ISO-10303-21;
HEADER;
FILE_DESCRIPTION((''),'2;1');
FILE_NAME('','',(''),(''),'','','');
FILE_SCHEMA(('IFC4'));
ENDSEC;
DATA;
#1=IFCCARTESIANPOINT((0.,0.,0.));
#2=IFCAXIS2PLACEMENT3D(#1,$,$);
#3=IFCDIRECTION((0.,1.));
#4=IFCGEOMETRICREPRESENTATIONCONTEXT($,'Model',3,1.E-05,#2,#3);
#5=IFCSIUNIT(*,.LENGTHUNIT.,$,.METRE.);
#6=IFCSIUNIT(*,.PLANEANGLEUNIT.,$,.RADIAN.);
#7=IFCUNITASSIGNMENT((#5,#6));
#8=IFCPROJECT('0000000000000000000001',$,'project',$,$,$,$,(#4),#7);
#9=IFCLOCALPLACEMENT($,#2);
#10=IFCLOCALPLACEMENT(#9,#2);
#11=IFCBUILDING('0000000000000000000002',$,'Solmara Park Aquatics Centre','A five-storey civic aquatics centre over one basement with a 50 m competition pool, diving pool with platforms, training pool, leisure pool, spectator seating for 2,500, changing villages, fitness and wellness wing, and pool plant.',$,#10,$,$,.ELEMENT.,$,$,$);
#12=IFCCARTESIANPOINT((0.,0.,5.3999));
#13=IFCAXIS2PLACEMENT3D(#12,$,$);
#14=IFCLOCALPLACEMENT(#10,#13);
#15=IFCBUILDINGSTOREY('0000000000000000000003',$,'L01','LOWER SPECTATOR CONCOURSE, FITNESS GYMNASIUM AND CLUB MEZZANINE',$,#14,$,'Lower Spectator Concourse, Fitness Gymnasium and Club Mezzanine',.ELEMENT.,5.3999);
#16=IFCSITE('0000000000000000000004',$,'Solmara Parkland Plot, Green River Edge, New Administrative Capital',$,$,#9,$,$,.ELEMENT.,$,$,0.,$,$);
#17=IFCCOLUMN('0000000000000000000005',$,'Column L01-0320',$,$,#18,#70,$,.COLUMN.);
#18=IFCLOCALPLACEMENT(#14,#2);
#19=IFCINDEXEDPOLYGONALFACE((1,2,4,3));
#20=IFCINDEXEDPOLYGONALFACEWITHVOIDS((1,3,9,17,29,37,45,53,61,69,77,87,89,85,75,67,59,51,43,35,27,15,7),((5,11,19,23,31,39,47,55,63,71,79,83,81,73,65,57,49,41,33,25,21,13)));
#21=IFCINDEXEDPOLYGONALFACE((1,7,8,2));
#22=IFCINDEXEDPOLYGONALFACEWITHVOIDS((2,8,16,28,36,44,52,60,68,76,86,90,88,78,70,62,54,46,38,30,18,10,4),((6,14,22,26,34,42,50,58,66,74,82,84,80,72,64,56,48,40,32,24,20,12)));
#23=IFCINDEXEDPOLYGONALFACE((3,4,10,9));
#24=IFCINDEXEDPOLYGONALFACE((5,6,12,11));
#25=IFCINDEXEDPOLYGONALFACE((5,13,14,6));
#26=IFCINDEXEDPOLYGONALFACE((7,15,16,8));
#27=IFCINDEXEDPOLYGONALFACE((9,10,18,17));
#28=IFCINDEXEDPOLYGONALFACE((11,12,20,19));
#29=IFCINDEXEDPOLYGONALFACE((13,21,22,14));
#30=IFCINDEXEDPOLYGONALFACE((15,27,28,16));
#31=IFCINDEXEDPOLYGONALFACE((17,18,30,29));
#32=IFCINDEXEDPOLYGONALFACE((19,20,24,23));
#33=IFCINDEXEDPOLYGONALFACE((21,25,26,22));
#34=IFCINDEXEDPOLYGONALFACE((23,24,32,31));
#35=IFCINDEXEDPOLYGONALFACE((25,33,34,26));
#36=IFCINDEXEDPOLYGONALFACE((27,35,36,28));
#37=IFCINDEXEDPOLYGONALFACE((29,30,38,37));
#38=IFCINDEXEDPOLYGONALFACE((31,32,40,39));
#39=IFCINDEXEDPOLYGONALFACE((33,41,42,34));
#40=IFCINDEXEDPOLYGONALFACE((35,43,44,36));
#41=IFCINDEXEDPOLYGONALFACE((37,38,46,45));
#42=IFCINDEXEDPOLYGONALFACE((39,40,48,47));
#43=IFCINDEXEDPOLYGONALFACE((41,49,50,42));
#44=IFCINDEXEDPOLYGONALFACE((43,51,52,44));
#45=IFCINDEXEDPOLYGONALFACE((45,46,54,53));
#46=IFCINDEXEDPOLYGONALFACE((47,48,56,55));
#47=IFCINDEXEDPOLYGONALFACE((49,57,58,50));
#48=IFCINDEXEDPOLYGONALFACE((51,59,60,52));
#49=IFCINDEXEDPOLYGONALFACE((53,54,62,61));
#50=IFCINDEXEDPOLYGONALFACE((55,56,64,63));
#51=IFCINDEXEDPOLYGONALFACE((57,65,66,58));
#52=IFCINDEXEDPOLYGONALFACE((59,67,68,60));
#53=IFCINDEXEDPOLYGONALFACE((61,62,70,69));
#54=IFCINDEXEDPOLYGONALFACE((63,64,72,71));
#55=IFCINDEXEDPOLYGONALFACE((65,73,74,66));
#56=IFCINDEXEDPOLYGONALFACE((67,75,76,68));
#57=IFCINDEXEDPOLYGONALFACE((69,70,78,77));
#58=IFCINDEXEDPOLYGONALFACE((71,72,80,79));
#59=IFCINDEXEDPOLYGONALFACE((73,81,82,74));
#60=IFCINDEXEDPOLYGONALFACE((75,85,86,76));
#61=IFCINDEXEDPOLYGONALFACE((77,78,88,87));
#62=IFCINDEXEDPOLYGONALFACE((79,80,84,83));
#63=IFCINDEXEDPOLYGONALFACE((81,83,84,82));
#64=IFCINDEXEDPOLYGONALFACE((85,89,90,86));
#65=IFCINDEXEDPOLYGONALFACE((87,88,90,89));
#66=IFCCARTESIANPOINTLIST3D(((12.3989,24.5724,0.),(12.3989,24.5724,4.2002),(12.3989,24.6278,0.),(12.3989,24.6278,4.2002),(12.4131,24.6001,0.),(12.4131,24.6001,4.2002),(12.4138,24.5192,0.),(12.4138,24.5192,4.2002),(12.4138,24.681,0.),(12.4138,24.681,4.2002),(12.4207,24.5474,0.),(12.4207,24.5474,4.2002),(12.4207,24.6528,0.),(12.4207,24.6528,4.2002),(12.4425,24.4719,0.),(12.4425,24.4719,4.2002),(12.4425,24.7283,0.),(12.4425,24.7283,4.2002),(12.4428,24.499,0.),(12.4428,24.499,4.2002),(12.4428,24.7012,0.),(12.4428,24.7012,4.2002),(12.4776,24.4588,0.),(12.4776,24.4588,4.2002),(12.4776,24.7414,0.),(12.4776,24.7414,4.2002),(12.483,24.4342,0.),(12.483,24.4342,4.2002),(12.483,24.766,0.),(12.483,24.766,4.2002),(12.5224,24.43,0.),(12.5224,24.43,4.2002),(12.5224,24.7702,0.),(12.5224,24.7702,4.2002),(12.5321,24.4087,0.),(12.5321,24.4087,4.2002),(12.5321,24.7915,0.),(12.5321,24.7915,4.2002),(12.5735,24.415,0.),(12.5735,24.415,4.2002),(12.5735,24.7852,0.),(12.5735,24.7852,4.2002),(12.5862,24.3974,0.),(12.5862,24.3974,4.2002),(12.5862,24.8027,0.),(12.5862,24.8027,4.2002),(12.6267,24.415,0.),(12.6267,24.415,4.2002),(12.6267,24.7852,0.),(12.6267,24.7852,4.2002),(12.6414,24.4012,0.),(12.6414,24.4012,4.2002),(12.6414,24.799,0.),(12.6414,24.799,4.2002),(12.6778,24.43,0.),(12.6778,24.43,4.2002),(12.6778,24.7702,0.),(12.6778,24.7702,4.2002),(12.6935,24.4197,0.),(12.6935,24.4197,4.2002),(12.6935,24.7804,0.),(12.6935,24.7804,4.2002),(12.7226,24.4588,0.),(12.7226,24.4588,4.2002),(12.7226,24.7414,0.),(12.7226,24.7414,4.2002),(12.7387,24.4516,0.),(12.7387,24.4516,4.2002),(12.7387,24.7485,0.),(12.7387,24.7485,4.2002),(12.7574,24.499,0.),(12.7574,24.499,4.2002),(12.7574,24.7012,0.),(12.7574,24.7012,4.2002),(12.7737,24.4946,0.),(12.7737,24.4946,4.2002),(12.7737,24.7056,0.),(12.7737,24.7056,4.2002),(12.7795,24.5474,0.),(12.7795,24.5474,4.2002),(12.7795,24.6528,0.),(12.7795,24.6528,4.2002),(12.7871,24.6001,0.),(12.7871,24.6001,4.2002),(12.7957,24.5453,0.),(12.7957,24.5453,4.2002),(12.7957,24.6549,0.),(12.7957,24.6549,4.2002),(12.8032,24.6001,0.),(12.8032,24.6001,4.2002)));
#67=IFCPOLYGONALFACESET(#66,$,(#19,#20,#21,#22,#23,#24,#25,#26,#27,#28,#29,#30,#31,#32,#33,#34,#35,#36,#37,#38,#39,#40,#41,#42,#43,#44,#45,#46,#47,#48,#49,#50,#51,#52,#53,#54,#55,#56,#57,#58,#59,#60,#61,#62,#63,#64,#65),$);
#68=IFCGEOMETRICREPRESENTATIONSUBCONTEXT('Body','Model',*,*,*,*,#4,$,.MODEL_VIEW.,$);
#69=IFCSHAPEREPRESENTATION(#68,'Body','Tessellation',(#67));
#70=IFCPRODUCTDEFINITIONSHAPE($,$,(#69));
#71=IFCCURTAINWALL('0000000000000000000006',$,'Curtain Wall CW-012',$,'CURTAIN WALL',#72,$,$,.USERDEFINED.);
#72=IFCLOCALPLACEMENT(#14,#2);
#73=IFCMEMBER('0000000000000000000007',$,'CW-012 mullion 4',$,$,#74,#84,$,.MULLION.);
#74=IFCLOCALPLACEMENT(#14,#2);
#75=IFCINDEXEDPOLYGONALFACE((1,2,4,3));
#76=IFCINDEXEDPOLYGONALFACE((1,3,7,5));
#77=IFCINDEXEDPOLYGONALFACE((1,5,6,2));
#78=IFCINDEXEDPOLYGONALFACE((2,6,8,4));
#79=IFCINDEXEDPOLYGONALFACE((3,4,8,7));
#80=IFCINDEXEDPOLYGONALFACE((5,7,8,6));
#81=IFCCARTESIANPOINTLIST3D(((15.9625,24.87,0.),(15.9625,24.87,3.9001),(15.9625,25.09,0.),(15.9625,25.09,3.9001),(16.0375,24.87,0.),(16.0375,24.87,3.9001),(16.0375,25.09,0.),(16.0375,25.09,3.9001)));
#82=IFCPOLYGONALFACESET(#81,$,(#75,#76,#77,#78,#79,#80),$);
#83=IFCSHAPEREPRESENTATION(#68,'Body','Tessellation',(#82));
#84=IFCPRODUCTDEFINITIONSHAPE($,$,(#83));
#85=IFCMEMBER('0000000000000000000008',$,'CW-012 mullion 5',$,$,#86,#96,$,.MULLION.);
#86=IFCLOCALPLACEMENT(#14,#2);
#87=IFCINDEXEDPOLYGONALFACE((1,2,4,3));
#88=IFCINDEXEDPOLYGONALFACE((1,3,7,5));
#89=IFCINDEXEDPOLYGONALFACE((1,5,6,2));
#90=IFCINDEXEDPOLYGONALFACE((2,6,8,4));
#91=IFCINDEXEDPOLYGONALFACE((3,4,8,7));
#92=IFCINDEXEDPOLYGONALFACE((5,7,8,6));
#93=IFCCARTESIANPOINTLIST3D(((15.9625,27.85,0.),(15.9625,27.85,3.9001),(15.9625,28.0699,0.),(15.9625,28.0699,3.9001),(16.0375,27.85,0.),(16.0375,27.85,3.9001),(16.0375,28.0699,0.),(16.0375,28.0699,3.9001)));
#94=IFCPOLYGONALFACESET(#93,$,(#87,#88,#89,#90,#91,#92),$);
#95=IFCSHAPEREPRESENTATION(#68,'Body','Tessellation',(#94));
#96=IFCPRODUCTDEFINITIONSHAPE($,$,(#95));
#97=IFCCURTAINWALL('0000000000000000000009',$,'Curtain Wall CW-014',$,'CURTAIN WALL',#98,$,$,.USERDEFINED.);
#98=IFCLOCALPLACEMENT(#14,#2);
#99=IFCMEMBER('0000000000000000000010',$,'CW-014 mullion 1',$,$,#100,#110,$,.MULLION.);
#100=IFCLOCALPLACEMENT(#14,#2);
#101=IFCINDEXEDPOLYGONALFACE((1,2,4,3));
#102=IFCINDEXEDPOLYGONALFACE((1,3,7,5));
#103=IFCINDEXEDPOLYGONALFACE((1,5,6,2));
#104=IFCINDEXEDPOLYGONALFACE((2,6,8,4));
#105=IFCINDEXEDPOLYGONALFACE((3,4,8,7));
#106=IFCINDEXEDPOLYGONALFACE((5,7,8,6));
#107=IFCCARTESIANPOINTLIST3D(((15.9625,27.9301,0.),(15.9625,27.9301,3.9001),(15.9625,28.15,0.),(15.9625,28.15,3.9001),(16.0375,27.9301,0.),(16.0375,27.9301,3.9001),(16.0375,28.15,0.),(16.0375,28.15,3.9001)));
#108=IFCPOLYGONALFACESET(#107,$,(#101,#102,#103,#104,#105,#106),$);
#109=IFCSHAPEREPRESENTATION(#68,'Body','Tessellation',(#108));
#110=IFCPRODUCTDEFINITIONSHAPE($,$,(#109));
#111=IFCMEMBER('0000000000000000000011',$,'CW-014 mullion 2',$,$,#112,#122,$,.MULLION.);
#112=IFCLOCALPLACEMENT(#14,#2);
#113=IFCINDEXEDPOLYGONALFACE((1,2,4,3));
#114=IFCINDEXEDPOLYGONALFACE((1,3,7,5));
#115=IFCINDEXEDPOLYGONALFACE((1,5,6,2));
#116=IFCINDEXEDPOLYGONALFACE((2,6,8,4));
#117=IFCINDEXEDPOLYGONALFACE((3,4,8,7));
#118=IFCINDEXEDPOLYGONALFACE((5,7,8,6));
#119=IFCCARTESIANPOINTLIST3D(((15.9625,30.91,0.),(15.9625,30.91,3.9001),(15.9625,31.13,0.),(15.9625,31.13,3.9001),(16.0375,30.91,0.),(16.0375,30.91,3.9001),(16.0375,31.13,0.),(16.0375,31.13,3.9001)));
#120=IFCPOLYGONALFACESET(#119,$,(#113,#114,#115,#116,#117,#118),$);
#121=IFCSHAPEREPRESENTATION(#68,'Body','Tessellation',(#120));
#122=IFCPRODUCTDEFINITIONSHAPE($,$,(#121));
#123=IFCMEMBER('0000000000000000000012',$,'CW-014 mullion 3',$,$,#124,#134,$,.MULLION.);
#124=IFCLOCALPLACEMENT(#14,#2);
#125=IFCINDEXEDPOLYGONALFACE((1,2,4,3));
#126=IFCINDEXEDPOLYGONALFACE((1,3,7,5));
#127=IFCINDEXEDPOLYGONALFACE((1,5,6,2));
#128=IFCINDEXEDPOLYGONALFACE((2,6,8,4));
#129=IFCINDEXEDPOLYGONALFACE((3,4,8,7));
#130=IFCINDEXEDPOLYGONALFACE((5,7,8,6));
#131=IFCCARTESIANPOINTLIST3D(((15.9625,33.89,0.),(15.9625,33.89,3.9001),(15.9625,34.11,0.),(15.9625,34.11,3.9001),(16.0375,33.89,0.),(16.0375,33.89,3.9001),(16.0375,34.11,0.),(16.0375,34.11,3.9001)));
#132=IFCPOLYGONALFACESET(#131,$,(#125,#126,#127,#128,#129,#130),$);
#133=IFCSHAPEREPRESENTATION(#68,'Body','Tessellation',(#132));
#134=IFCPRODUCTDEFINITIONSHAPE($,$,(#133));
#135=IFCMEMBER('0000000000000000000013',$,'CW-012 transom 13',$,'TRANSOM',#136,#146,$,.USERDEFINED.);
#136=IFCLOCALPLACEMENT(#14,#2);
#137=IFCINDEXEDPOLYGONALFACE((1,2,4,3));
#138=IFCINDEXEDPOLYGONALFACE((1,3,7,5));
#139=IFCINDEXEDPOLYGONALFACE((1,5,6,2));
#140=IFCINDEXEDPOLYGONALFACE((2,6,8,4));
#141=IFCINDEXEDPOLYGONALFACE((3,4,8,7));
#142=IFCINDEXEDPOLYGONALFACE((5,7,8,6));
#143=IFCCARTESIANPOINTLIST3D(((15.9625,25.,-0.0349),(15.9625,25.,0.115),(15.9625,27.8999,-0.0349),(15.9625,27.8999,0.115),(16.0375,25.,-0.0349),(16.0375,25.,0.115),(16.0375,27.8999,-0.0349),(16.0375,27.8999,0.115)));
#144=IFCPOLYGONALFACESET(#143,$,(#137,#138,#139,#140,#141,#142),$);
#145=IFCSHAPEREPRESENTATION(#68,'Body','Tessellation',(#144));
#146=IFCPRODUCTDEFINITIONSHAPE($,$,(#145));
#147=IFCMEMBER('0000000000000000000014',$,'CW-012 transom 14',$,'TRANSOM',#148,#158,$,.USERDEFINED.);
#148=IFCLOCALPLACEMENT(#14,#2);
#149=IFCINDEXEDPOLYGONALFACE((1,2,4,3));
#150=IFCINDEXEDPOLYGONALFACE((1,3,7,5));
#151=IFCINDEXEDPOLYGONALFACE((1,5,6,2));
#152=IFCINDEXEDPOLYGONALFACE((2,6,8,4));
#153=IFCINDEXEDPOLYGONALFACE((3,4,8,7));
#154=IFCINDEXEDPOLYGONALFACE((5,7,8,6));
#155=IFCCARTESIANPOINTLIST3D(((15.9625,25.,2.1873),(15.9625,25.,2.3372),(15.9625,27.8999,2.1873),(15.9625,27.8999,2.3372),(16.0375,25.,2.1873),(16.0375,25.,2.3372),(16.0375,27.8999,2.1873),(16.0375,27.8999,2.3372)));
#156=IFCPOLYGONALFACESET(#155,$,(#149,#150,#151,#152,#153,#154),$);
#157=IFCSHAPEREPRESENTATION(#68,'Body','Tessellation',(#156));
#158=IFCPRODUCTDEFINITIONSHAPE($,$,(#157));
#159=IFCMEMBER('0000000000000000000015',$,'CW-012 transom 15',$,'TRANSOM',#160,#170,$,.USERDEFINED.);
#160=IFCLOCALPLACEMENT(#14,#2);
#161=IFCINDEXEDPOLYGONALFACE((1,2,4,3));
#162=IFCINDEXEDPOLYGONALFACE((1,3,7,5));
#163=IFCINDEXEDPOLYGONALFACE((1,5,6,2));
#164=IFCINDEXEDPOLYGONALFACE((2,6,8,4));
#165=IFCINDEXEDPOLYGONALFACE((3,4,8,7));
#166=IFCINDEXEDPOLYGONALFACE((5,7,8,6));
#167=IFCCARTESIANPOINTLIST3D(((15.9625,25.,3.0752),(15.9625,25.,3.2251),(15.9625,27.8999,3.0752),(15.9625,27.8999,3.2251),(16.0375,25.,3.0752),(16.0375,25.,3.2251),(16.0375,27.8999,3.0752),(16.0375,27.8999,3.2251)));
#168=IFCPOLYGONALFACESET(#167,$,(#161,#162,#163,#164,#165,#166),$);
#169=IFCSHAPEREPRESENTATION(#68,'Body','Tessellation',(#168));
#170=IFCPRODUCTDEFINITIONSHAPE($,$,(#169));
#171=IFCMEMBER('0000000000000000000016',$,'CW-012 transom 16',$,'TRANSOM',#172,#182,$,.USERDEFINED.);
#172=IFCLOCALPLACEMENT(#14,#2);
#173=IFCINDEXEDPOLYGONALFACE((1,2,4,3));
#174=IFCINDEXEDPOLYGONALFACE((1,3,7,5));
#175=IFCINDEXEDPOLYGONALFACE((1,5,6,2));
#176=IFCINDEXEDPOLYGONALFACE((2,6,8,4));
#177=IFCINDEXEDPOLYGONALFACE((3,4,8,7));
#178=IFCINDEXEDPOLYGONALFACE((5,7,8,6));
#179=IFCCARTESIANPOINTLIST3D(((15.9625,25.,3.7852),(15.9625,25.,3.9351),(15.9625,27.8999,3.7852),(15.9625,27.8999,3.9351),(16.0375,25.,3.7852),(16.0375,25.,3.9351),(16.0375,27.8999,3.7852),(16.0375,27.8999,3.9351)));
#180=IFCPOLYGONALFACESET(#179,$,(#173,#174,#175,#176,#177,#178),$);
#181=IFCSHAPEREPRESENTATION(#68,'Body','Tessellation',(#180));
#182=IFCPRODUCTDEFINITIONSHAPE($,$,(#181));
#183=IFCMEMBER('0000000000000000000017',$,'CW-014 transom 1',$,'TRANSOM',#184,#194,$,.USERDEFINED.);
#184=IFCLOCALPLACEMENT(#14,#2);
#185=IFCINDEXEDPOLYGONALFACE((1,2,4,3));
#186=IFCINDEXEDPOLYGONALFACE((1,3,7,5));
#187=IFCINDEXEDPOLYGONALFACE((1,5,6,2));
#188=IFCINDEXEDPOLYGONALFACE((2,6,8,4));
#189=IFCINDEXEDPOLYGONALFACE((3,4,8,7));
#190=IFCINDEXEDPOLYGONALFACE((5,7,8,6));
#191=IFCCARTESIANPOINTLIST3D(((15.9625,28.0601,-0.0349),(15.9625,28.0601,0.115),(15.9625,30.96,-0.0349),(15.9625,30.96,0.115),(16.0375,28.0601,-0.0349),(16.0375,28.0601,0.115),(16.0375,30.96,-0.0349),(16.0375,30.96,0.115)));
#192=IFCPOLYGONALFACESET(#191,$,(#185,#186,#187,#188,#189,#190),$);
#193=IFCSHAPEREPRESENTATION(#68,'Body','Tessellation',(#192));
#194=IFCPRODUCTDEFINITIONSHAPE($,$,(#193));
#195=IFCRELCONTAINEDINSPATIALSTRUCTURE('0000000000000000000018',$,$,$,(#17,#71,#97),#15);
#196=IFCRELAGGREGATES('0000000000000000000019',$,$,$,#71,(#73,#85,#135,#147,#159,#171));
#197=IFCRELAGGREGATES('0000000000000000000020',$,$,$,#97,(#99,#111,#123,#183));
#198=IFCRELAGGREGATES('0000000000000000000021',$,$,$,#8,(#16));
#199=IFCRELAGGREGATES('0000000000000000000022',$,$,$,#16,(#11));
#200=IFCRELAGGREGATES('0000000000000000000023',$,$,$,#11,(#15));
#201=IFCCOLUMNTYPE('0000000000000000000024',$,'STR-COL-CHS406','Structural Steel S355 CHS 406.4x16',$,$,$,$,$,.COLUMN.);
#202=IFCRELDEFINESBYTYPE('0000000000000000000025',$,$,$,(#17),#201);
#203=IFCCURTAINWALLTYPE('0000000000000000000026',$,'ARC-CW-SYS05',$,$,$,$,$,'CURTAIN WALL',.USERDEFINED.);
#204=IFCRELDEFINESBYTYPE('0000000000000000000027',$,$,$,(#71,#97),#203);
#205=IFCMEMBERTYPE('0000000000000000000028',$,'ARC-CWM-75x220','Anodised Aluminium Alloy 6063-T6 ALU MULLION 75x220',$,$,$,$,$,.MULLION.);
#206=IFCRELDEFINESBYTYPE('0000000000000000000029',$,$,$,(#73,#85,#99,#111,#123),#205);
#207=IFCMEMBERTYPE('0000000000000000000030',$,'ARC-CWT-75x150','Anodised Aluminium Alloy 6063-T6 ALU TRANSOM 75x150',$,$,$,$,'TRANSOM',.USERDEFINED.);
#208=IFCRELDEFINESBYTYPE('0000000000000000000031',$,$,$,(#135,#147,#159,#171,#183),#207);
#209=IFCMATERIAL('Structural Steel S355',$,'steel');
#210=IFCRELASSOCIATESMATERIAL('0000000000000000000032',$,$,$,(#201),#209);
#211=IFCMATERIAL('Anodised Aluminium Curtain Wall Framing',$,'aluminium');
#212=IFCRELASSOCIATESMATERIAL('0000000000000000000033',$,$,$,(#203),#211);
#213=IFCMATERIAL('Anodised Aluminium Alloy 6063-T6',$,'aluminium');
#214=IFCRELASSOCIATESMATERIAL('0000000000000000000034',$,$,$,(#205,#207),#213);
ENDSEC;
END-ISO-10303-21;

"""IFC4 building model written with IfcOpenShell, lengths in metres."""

from ifc_helpers import new_model, si_unit, direction, frame, origin, origin_2d, place, context, subcontext, project, spatial, rectangle, hollow_circle, extrude, material, material_profile, profile_set, type_object, element, aggregate, save


model = new_model("IFC4")

# Units and contexts
model_context = context("Model", 3, precision=1e-05, world=origin(), true_north=direction((0.0, 1.0)))
body_context = subcontext(model_context, "Body", "Model", "MODEL_VIEW")
ifc_project = project(units=[si_unit("LENGTHUNIT", "METRE"), si_unit("PLANEANGLEUNIT", "RADIAN")], contexts=[model_context])

# Site, building, storey
site_placement = place(None, origin())
site = spatial("IfcSite", under=ifc_project, at=site_placement, Name="Solmara Parkland Plot, Green River Edge, New Administrative Capital", CompositionType="ELEMENT", RefElevation=0.0)
building_placement = place(site_placement, origin())
building = spatial("IfcBuilding", under=site, at=building_placement, Name="Solmara Park Aquatics Centre", Description="A five-storey civic aquatics centre over one basement with a 50 m competition pool, diving pool with platforms, training pool, leisure pool, spectator seating for 2,500, changing villages, fitness and wellness wing, and pool plant.", CompositionType="ELEMENT")
storey_placement = place(building_placement, frame((0.0, 0.0, 5.3999)))
storey = spatial("IfcBuildingStorey", under=building, at=storey_placement, Name="L01", Description="LOWER SPECTATOR CONCOURSE, FITNESS GYMNASIUM AND CLUB MEZZANINE", LongName="Lower Spectator Concourse, Fitness Gymnasium and Club Mezzanine", CompositionType="ELEMENT", Elevation=5.3999)

# Column
ifc_material_1 = material(Name="Structural Steel S355", Category="steel")
ifc_material_profile_1 = material_profile(ifc_material_1, hollow_circle(Radius=0.2031, WallThickness=0.0161, at=origin_2d()), Name="CHS 406.4x16")
ifc_profile_set_1 = profile_set([ifc_material_profile_1], Name="Structural Steel S355")
column_type = type_object("IfcColumnType", Name="STR-COL-CHS406", Description="Structural Steel S355 CHS 406.4x16", PredefinedType="COLUMN", material=ifc_profile_set_1)
column_placement = place(storey_placement, frame((12.6001, 24.6001, 0.0), z_axis=(0.0, 0.0, 1.0), x_axis=(1.0, 0.0, 0.0)))
element("IfcColumn", 1, at=column_placement, inside=storey, type_object=column_type, Name="Column L01-0320", PredefinedType="COLUMN", context=body_context, shape_type="SweptSolid", body=[
    extrude(hollow_circle(Radius=0.2031, WallThickness=0.0161, at=origin_2d()), origin(), (0.0, 0.0, 1.0), 4.2002),
])

# Curtain walls, members
ifc_material_2 = material(Name="Anodised Aluminium Curtain Wall Framing", Category="aluminium")
curtain_wall_type = type_object("IfcCurtainWallType", Name="ARC-CW-SYS05", ElementType="CURTAIN WALL", PredefinedType="USERDEFINED", material=ifc_material_2)
curtain_wall_1_placement = place(storey_placement, origin())
curtain_wall_1 = element("IfcCurtainWall", 2, at=curtain_wall_1_placement, inside=storey, type_object=curtain_wall_type, Name="Curtain Wall CW-012", ObjectType="CURTAIN WALL", PredefinedType="USERDEFINED")
ifc_material_3 = material(Name="Anodised Aluminium Alloy 6063-T6", Category="aluminium")
ifc_material_profile_2 = material_profile(ifc_material_3, rectangle(XDim=0.075, YDim=0.22, at=origin_2d()), Name="ALU MULLION 75x220")
ifc_profile_set_2 = profile_set([ifc_material_profile_2], Name="Anodised Aluminium Alloy 6063-T6")
member_type_1 = type_object("IfcMemberType", Name="ARC-CWM-75x220", Description="Anodised Aluminium Alloy 6063-T6 ALU MULLION 75x220", PredefinedType="MULLION", material=ifc_profile_set_2)
member_1_placement = place(storey_placement, frame((16.0, 24.98, 0.0), z_axis=(0.0, 0.0, 1.0), x_axis=(1.0, 0.0, 0.0)))
member_1 = element("IfcMember", 3, at=member_1_placement, type_object=member_type_1, Name="CW-012 mullion 4", PredefinedType="MULLION", context=body_context, shape_type="SweptSolid", body=[
    extrude(rectangle(XDim=0.075, YDim=0.22, at=origin_2d()), origin(), (0.0, 0.0, 1.0), 3.9001),
])
member_2_placement = place(storey_placement, frame((16.0, 27.96, 0.0), z_axis=(0.0, 0.0, 1.0), x_axis=(1.0, 0.0, 0.0)))
member_2 = element("IfcMember", 4, at=member_2_placement, type_object=member_type_1, Name="CW-012 mullion 5", PredefinedType="MULLION", context=body_context, shape_type="SweptSolid", body=[
    extrude(rectangle(XDim=0.075, YDim=0.22, at=origin_2d()), origin(), (0.0, 0.0, 1.0), 3.9001),
])
curtain_wall_2_placement = place(storey_placement, origin())
curtain_wall_2 = element("IfcCurtainWall", 5, at=curtain_wall_2_placement, inside=storey, type_object=curtain_wall_type, Name="Curtain Wall CW-014", ObjectType="CURTAIN WALL", PredefinedType="USERDEFINED")
member_3_placement = place(storey_placement, frame((16.0, 28.04, 0.0), z_axis=(0.0, 0.0, 1.0), x_axis=(1.0, 0.0, 0.0)))
member_3 = element("IfcMember", 6, at=member_3_placement, type_object=member_type_1, Name="CW-014 mullion 1", PredefinedType="MULLION", context=body_context, shape_type="SweptSolid", body=[
    extrude(rectangle(XDim=0.075, YDim=0.22, at=origin_2d()), origin(), (0.0, 0.0, 1.0), 3.9001),
])
member_4_placement = place(storey_placement, frame((16.0, 31.02, 0.0), z_axis=(0.0, 0.0, 1.0), x_axis=(1.0, 0.0, 0.0)))
member_4 = element("IfcMember", 7, at=member_4_placement, type_object=member_type_1, Name="CW-014 mullion 2", PredefinedType="MULLION", context=body_context, shape_type="SweptSolid", body=[
    extrude(rectangle(XDim=0.075, YDim=0.22, at=origin_2d()), origin(), (0.0, 0.0, 1.0), 3.9001),
])
member_5_placement = place(storey_placement, frame((16.0, 34.0, 0.0), z_axis=(0.0, 0.0, 1.0), x_axis=(1.0, 0.0, 0.0)))
member_5 = element("IfcMember", 8, at=member_5_placement, type_object=member_type_1, Name="CW-014 mullion 3", PredefinedType="MULLION", context=body_context, shape_type="SweptSolid", body=[
    extrude(rectangle(XDim=0.075, YDim=0.22, at=origin_2d()), origin(), (0.0, 0.0, 1.0), 3.9001),
])

# Members
ifc_material_profile_3 = material_profile(ifc_material_3, rectangle(XDim=0.075, YDim=0.1499, at=origin_2d()), Name="ALU TRANSOM 75x150")
ifc_profile_set_3 = profile_set([ifc_material_profile_3], Name="Anodised Aluminium Alloy 6063-T6")
member_type_2 = type_object("IfcMemberType", Name="ARC-CWT-75x150", Description="Anodised Aluminium Alloy 6063-T6 ALU TRANSOM 75x150", ElementType="TRANSOM", PredefinedType="USERDEFINED", material=ifc_profile_set_3)
member_6_placement = place(storey_placement, frame((16.0, 25.0, 0.04), z_axis=(0.0, 1.0, 0.0), x_axis=(-1.0, 0.0, 0.0)))
member_6 = element("IfcMember", 9, at=member_6_placement, type_object=member_type_2, Name="CW-012 transom 13", ObjectType="TRANSOM", PredefinedType="USERDEFINED", context=body_context, shape_type="SweptSolid", body=[
    extrude(rectangle(XDim=0.075, YDim=0.1499, at=origin_2d()), origin(), (0.0, 0.0, 1.0), 2.8999),
])
member_7_placement = place(storey_placement, frame((16.0, 25.0, 2.2622), z_axis=(0.0, 1.0, 0.0), x_axis=(-1.0, 0.0, 0.0)))
member_7 = element("IfcMember", 10, at=member_7_placement, type_object=member_type_2, Name="CW-012 transom 14", ObjectType="TRANSOM", PredefinedType="USERDEFINED", context=body_context, shape_type="SweptSolid", body=[
    extrude(rectangle(XDim=0.075, YDim=0.1499, at=origin_2d()), origin(), (0.0, 0.0, 1.0), 2.8999),
])
member_8_placement = place(storey_placement, frame((16.0, 25.0, 3.1501), z_axis=(0.0, 1.0, 0.0), x_axis=(-1.0, 0.0, 0.0)))
member_8 = element("IfcMember", 11, at=member_8_placement, type_object=member_type_2, Name="CW-012 transom 15", ObjectType="TRANSOM", PredefinedType="USERDEFINED", context=body_context, shape_type="SweptSolid", body=[
    extrude(rectangle(XDim=0.075, YDim=0.1499, at=origin_2d()), origin(), (0.0, 0.0, 1.0), 2.8999),
])
member_9_placement = place(storey_placement, frame((16.0, 25.0, 3.8601), z_axis=(0.0, 1.0, 0.0), x_axis=(-1.0, 0.0, 0.0)))
member_9 = element("IfcMember", 12, at=member_9_placement, type_object=member_type_2, Name="CW-012 transom 16", ObjectType="TRANSOM", PredefinedType="USERDEFINED", context=body_context, shape_type="SweptSolid", body=[
    extrude(rectangle(XDim=0.075, YDim=0.1499, at=origin_2d()), origin(), (0.0, 0.0, 1.0), 2.8999),
])
member_10_placement = place(storey_placement, frame((16.0, 28.0601, 0.04), z_axis=(0.0, 1.0, 0.0), x_axis=(-1.0, 0.0, 0.0)))
member_10 = element("IfcMember", 13, at=member_10_placement, type_object=member_type_2, Name="CW-014 transom 1", ObjectType="TRANSOM", PredefinedType="USERDEFINED", context=body_context, shape_type="SweptSolid", body=[
    extrude(rectangle(XDim=0.075, YDim=0.1499, at=origin_2d()), origin(), (0.0, 0.0, 1.0), 2.8999),
])

aggregate(curtain_wall_1, [member_1, member_2, member_6, member_7, member_8, member_9])
aggregate(curtain_wall_2, [member_3, member_4, member_5, member_10])

save(model, "model.ifc")
